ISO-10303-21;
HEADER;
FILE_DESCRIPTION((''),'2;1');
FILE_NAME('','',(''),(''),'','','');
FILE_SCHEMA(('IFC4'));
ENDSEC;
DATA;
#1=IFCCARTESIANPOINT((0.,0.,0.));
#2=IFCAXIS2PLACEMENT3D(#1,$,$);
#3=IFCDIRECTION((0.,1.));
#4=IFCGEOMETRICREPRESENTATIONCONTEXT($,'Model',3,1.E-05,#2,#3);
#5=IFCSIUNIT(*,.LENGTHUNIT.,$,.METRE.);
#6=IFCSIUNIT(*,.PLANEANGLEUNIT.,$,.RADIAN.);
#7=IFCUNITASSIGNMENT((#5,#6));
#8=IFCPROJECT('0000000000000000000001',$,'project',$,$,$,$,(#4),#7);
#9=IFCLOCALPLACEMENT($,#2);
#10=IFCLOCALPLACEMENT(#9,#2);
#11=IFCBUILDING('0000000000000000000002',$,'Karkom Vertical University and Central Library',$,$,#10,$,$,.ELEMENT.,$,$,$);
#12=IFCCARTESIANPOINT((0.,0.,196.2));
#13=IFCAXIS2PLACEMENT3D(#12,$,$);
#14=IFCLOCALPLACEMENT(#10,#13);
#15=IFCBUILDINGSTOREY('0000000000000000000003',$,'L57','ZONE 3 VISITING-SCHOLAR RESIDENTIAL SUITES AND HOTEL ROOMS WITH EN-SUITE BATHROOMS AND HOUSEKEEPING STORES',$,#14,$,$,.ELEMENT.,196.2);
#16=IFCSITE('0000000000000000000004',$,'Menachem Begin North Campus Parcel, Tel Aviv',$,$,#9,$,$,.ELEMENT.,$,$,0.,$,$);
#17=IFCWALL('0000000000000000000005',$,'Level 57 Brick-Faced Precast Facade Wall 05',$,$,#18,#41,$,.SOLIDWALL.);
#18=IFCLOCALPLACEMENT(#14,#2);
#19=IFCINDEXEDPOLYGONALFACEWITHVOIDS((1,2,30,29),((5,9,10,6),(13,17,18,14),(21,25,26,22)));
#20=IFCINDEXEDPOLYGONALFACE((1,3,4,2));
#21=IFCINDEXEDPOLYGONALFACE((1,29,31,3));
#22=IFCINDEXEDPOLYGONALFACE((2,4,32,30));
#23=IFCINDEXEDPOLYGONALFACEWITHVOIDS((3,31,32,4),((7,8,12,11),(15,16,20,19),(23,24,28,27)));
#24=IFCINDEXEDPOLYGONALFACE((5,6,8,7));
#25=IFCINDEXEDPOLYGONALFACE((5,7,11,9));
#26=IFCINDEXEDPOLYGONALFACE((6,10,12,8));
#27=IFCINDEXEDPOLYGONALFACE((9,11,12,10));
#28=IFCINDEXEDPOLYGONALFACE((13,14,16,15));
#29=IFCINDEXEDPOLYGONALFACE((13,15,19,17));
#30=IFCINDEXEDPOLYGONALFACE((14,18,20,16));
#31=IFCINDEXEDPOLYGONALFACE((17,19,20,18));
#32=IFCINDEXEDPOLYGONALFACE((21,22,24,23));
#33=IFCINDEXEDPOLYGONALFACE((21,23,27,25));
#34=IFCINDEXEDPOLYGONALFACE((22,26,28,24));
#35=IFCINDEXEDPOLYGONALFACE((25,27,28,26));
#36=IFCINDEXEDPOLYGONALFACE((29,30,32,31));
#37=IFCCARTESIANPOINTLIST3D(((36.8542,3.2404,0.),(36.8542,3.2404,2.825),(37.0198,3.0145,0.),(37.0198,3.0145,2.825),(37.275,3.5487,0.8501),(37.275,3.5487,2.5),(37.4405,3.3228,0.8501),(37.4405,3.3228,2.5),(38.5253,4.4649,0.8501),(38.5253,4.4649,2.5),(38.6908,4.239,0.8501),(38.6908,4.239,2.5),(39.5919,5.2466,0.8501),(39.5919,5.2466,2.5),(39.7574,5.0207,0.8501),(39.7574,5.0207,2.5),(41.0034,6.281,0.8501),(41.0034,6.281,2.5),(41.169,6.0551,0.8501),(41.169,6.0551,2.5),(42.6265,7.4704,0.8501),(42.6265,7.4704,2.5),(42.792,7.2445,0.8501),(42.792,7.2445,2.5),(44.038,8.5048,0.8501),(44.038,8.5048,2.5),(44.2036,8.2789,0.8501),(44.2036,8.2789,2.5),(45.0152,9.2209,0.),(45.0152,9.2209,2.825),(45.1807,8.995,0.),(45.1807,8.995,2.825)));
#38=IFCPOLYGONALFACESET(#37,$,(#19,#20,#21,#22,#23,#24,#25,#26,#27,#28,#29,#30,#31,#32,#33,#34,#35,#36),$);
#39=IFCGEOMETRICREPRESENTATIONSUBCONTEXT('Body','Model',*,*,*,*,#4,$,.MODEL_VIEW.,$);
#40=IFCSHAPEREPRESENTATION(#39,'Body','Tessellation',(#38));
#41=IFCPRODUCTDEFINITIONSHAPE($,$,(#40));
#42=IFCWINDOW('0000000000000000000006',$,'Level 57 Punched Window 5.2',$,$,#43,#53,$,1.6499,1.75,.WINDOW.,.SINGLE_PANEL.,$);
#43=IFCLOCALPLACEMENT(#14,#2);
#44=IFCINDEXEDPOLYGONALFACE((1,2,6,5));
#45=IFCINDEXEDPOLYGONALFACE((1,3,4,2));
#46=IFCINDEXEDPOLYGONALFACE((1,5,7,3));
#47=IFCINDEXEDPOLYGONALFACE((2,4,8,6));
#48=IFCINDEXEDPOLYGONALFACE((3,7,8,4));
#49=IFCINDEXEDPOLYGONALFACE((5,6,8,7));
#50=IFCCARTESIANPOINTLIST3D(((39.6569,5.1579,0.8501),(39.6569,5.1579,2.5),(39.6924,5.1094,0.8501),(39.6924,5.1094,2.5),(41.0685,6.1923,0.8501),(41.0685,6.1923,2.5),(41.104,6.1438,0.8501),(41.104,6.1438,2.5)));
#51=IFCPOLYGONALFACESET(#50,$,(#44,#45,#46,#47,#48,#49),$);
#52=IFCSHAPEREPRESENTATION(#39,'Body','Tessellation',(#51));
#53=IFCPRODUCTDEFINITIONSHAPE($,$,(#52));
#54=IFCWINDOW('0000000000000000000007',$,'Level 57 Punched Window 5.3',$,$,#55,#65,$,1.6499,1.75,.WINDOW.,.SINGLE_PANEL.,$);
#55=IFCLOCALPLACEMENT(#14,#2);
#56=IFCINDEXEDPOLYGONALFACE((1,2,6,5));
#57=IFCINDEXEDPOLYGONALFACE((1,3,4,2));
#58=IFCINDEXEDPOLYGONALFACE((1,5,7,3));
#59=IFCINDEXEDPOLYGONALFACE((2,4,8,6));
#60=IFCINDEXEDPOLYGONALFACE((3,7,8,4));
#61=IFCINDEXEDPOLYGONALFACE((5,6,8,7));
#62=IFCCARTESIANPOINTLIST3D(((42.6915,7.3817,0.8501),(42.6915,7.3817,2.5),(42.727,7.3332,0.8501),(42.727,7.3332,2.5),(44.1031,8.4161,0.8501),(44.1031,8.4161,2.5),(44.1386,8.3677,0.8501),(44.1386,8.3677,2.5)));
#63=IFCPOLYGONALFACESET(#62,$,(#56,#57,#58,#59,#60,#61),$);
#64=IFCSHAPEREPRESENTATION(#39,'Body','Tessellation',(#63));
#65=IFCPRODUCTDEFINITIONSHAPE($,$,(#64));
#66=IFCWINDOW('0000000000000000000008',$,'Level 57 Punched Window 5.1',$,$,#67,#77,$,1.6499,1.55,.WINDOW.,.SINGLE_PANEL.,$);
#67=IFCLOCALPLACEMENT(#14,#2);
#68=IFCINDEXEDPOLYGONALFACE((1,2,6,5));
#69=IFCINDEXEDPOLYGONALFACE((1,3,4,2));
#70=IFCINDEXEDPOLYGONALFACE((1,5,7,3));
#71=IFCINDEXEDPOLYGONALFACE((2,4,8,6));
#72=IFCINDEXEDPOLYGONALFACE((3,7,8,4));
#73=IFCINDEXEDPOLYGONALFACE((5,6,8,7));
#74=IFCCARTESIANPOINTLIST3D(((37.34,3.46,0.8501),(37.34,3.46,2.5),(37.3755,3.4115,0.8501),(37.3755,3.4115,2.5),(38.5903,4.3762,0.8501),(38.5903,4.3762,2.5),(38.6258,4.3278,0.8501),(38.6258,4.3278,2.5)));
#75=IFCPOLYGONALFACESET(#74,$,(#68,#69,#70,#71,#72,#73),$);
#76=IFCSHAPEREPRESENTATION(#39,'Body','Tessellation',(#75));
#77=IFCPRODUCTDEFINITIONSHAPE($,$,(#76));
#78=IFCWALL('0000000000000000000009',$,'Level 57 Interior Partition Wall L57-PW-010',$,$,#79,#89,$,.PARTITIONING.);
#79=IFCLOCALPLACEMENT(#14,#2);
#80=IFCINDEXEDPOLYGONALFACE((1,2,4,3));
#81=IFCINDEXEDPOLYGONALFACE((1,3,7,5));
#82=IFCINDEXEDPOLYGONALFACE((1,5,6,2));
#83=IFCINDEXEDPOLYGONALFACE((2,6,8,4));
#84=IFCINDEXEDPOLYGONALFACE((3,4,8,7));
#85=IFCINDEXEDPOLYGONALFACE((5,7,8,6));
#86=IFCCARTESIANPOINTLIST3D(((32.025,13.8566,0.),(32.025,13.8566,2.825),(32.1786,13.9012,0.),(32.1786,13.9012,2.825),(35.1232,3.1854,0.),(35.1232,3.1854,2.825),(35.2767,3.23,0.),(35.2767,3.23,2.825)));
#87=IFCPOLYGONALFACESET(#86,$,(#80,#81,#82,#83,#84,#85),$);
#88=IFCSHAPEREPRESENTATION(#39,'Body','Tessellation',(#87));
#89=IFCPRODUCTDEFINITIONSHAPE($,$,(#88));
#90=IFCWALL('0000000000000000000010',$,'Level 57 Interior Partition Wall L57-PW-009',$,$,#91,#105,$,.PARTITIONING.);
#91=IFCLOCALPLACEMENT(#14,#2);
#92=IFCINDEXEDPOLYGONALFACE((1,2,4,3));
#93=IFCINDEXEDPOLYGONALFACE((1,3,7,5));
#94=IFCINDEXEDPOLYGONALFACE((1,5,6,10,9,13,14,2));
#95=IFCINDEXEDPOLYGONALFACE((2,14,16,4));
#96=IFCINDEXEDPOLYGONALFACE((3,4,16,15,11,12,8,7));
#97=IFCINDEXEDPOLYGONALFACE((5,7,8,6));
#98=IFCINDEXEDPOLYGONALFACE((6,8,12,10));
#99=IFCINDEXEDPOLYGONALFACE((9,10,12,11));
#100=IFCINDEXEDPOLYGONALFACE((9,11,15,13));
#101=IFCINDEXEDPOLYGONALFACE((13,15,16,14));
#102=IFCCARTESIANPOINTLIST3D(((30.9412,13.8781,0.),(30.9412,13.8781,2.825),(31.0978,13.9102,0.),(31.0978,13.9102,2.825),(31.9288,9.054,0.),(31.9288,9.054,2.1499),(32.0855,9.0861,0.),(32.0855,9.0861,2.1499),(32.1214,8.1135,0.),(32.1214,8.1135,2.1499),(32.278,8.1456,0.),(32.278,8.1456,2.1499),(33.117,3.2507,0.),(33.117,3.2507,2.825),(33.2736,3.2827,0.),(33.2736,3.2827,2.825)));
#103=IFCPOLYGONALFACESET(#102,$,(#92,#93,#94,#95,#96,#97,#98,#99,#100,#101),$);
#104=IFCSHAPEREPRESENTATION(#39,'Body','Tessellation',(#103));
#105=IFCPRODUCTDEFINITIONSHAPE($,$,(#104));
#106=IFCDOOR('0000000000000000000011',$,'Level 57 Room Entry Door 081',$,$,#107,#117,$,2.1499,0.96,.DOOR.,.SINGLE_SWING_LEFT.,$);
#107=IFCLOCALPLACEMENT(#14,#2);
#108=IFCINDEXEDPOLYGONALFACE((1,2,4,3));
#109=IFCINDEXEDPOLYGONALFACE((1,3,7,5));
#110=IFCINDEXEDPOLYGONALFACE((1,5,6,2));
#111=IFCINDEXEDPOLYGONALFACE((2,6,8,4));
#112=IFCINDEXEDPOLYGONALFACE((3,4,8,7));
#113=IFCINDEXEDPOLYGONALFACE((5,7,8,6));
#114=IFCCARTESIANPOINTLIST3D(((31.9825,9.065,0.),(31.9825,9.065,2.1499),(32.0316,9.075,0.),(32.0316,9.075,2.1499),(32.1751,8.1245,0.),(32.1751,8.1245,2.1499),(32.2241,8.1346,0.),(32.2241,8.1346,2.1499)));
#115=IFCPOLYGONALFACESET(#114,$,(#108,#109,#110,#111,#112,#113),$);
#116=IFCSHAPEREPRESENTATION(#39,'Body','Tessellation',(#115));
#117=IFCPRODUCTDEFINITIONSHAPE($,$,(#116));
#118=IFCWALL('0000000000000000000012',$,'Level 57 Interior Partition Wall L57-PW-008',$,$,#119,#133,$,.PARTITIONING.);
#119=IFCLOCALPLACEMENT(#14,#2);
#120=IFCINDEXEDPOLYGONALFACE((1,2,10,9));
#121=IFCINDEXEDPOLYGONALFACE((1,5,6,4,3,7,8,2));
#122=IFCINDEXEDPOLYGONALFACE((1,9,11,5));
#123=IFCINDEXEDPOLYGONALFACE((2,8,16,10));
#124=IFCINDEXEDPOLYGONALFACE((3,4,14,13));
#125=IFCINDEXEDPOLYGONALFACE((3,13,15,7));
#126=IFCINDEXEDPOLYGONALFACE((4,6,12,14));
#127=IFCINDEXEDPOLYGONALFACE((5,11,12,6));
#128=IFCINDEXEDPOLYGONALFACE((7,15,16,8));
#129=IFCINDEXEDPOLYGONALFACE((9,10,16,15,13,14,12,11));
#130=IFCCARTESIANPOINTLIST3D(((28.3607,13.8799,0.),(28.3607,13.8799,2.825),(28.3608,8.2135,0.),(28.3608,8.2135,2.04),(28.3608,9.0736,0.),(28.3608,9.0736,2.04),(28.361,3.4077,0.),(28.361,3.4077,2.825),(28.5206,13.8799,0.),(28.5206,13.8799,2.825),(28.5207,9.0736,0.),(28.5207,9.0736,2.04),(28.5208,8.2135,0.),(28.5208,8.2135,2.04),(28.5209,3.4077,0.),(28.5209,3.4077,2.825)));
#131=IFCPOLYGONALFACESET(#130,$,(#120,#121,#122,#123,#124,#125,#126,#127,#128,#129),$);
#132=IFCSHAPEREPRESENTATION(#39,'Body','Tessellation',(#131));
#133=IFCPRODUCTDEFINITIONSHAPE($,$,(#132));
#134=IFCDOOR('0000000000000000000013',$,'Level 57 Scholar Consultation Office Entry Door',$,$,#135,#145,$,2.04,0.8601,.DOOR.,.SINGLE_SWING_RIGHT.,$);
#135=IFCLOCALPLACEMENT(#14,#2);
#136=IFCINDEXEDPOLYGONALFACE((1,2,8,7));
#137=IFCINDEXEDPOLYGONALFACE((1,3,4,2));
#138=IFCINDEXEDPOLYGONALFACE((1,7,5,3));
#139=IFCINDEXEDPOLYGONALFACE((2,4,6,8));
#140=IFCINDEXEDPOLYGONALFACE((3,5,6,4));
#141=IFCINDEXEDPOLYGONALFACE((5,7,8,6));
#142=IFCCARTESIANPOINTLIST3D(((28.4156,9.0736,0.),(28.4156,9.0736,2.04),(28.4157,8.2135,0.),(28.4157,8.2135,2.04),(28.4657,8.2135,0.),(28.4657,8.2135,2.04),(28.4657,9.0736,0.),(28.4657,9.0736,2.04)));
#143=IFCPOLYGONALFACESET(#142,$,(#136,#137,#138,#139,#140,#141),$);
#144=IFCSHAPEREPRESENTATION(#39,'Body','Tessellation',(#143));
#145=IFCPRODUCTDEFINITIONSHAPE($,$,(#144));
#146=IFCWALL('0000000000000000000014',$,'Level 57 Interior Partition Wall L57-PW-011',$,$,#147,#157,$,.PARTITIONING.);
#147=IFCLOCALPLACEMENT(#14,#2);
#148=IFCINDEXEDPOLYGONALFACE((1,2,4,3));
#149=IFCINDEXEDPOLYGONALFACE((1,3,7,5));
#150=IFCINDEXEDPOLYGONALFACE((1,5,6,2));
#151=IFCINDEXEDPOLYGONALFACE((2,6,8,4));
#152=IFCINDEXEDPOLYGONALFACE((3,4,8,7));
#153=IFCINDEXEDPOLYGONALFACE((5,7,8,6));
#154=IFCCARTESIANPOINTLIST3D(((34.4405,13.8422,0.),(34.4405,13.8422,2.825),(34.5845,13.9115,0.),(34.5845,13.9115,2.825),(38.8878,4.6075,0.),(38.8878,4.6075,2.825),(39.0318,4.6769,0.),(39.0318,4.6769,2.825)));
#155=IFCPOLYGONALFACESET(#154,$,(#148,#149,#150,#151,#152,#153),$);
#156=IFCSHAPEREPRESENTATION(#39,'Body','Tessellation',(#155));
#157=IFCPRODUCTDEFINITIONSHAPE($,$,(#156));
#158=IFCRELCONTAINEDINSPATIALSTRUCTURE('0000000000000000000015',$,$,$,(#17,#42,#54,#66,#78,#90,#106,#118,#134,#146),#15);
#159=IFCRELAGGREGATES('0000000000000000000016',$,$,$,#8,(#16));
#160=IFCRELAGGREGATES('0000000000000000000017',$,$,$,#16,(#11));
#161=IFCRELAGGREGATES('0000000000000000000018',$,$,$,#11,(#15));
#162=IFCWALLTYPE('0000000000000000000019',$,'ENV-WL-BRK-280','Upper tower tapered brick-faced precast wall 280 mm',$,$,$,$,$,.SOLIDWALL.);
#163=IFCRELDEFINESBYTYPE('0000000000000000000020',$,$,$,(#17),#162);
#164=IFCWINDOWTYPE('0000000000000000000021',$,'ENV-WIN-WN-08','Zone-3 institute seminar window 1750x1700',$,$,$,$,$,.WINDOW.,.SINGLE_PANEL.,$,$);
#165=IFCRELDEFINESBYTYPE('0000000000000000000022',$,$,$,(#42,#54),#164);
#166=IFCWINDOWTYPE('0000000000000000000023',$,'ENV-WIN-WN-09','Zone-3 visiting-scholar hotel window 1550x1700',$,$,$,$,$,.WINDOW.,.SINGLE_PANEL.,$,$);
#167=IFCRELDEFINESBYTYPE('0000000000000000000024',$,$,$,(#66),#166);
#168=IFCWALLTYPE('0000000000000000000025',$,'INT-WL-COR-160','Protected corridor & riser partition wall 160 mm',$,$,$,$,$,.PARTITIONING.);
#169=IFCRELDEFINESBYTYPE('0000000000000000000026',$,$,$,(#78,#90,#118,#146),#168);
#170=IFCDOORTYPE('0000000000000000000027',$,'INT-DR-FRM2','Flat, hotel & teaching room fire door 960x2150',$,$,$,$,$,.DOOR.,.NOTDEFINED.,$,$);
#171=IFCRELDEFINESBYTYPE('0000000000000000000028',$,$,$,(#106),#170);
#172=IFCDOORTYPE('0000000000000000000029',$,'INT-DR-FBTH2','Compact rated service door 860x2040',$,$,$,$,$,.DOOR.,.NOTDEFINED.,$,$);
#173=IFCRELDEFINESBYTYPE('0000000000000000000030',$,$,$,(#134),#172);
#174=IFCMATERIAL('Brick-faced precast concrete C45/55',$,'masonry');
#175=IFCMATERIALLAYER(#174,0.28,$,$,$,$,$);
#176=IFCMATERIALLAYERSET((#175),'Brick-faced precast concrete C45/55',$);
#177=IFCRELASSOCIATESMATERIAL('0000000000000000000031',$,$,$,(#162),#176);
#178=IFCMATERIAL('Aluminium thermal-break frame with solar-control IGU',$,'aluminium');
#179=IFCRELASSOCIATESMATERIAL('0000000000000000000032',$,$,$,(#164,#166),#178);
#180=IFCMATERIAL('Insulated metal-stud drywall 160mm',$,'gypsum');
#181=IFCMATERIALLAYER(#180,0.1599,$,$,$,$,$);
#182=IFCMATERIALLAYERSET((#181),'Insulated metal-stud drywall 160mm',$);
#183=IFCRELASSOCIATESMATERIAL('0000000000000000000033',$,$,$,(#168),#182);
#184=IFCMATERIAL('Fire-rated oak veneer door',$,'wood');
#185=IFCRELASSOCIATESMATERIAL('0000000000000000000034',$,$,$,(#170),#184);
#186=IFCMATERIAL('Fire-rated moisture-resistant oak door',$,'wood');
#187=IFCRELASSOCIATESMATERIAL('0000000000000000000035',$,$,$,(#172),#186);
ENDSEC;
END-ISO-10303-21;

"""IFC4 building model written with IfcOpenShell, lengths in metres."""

from ifc_helpers import new_model, si_unit, direction, frame, frame_2d, origin, origin_with_axes, place, context, subcontext, project, spatial, rectangle, extrude, source, transform, mapped, material, layer, layer_set, type_object, element, fill, save


model = new_model("IFC4")

# Units and contexts
model_context = context("Model", 3, precision=1e-05, world=origin(), true_north=direction((0.0, 1.0)))
body_context = subcontext(model_context, "Body", "Model", "MODEL_VIEW")
ifc_project = project(units=[si_unit("LENGTHUNIT", "METRE"), si_unit("PLANEANGLEUNIT", "RADIAN")], contexts=[model_context])

# Site, building, storey
site_placement = place(None, origin())
site = spatial("IfcSite", under=ifc_project, at=site_placement, Name="Menachem Begin North Campus Parcel, Tel Aviv", CompositionType="ELEMENT", RefElevation=0.0)
building_placement = place(site_placement, origin())
building = spatial("IfcBuilding", under=site, at=building_placement, Name="Karkom Vertical University and Central Library", CompositionType="ELEMENT")
storey_placement = place(building_placement, frame((0.0, 0.0, 196.2)))
storey = spatial("IfcBuildingStorey", under=building, at=storey_placement, Name="L57", Description="ZONE 3 VISITING-SCHOLAR RESIDENTIAL SUITES AND HOTEL ROOMS WITH EN-SUITE BATHROOMS AND HOUSEKEEPING STORES", CompositionType="ELEMENT", Elevation=196.2)

# Wall, openings, windows
ifc_material_1 = material(Name="Brick-faced precast concrete C45/55", Category="masonry")
ifc_layer_1 = layer(ifc_material_1, 0.28)
ifc_layer_set_1 = layer_set([ifc_layer_1], Name="Brick-faced precast concrete C45/55")
wall_type_1 = type_object("IfcWallType", Name="ENV-WL-BRK-280", Description="Upper tower tapered brick-faced precast wall 280 mm", PredefinedType="SOLIDWALL", material=ifc_layer_set_1)
wall_1_placement = place(storey_placement, frame((36.937, 3.1274, 0.0), z_axis=(0.0, 0.0, 1.0), x_axis=(0.806602, 0.591095, 0.0)))
wall_1 = element("IfcWall", 1, at=wall_1_placement, inside=storey, type_object=wall_type_1, Name="Level 57 Brick-Faced Precast Facade Wall 05", PredefinedType="SOLIDWALL", context=body_context, shape_type="SweptSolid", body=[
    extrude(rectangle(XDim=10.1177, YDim=0.28, at=frame_2d((5.0588, 0.0))), origin(), (0.0, 0.0, 1.0), 2.825),
])
opening_1_placement = place(wall_1_placement, frame((0.5217, 0.0, 0.8501)))
opening_1 = element("IfcOpeningElement", 2, at=opening_1_placement, cuts=wall_1, PredefinedType="OPENING", context=body_context, shape_type="SweptSolid", body=[
    extrude(rectangle(XDim=1.55, YDim=1.6499, at=frame_2d((0.7749, 0.825))), frame((0.0, 0.1499, 0.0), z_axis=(0.0, -1.0, 0.0), x_axis=(1.0, 0.0, 0.0)), (0.0, 0.0, 1.0), 0.3),
])
opening_2_placement = place(wall_1_placement, frame((3.394, 0.0, 0.8501)))
opening_2 = element("IfcOpeningElement", 3, at=opening_2_placement, cuts=wall_1, PredefinedType="OPENING", context=body_context, shape_type="SweptSolid", body=[
    extrude(rectangle(XDim=1.75, YDim=1.6499, at=frame_2d((0.875, 0.825))), frame((0.0, 0.1499, 0.0), z_axis=(0.0, -1.0, 0.0), x_axis=(1.0, 0.0, 0.0)), (0.0, 0.0, 1.0), 0.3),
])
opening_3_placement = place(wall_1_placement, frame((7.1562, 0.0, 0.8501)))
opening_3 = element("IfcOpeningElement", 4, at=opening_3_placement, cuts=wall_1, PredefinedType="OPENING", context=body_context, shape_type="SweptSolid", body=[
    extrude(rectangle(XDim=1.75, YDim=1.6499, at=frame_2d((0.875, 0.825))), frame((0.0, 0.1499, 0.0), z_axis=(0.0, -1.0, 0.0), x_axis=(1.0, 0.0, 0.0)), (0.0, 0.0, 1.0), 0.3),
])
ifc_material_2 = material(Name="Aluminium thermal-break frame with solar-control IGU", Category="aluminium")
window_type_1 = type_object("IfcWindowType", Name="ENV-WIN-WN-08", Description="Zone-3 institute seminar window 1750x1700", PartitioningType="SINGLE_PANEL", PredefinedType="WINDOW", material=ifc_material_2)
shared_shape_1 = source(origin_with_axes(), body_context, "Body", "SweptSolid", [
    extrude(rectangle(XDim=1.75, YDim=1.6499, at=frame_2d((0.875, 0.825))), frame((0.0, 0.03, 0.0), z_axis=(0.0, -1.0, 0.0), x_axis=(1.0, 0.0, 0.0)), (0.0, 0.0, 1.0), 0.0601),
])
window_1_placement = place(opening_2_placement, origin())
window_1 = element("IfcWindow", 5, at=window_1_placement, inside=storey, type_object=window_type_1, Name="Level 57 Punched Window 5.2", OverallHeight=1.6499, OverallWidth=1.75, PartitioningType="SINGLE_PANEL", PredefinedType="WINDOW", context=body_context, shape_type="MappedRepresentation", body=[
    mapped(shared_shape_1, transform((0.0, 0.0, 0.0), scale=1.0)),
])
fill(opening_2, window_1)
window_2_placement = place(opening_3_placement, origin())
window_2 = element("IfcWindow", 6, at=window_2_placement, inside=storey, type_object=window_type_1, Name="Level 57 Punched Window 5.3", OverallHeight=1.6499, OverallWidth=1.75, PartitioningType="SINGLE_PANEL", PredefinedType="WINDOW", context=body_context, shape_type="MappedRepresentation", body=[
    mapped(shared_shape_1, transform((0.0, 0.0, 0.0), scale=1.0)),
])
fill(opening_3, window_2)
window_type_2 = type_object("IfcWindowType", Name="ENV-WIN-WN-09", Description="Zone-3 visiting-scholar hotel window 1550x1700", PartitioningType="SINGLE_PANEL", PredefinedType="WINDOW", material=ifc_material_2)
shared_shape_2 = source(origin_with_axes(), body_context, "Body", "SweptSolid", [
    extrude(rectangle(XDim=1.55, YDim=1.6499, at=frame_2d((0.7749, 0.825))), frame((0.0, 0.03, 0.0), z_axis=(0.0, -1.0, 0.0), x_axis=(1.0, 0.0, 0.0)), (0.0, 0.0, 1.0), 0.0601),
])
window_3_placement = place(opening_1_placement, origin())
window_3 = element("IfcWindow", 7, at=window_3_placement, inside=storey, type_object=window_type_2, Name="Level 57 Punched Window 5.1", OverallHeight=1.6499, OverallWidth=1.55, PartitioningType="SINGLE_PANEL", PredefinedType="WINDOW", context=body_context, shape_type="MappedRepresentation", body=[
    mapped(shared_shape_2, transform((0.0, 0.0, 0.0), scale=1.0)),
])
fill(opening_1, window_3)

# Wall
ifc_material_3 = material(Name="Insulated metal-stud drywall 160mm", Category="gypsum")
ifc_layer_2 = layer(ifc_material_3, 0.1599)
ifc_layer_set_2 = layer_set([ifc_layer_2], Name="Insulated metal-stud drywall 160mm")
wall_type_2 = type_object("IfcWallType", Name="INT-WL-COR-160", Description="Protected corridor & riser partition wall 160 mm", PredefinedType="PARTITIONING", material=ifc_layer_set_2)
wall_2_placement = place(storey_placement, frame((32.1018, 13.8789, 0.0), z_axis=(0.0, 0.0, 1.0), x_axis=(0.278816, -0.960345, 0.0)))
element("IfcWall", 8, at=wall_2_placement, inside=storey, type_object=wall_type_2, Name="Level 57 Interior Partition Wall L57-PW-010", PredefinedType="PARTITIONING", context=body_context, shape_type="SweptSolid", body=[
    extrude(rectangle(XDim=11.1118, YDim=0.1599, at=frame_2d((5.5559, 0.0))), origin(), (0.0, 0.0, 1.0), 2.825),
])

# Walls, openings, doors
wall_3_placement = place(storey_placement, frame((31.0195, 13.894, 0.0), z_axis=(0.0, 0.0, 1.0), x_axis=(0.200572, -0.979679, 0.0)))
wall_3 = element("IfcWall", 9, at=wall_3_placement, inside=storey, type_object=wall_type_2, Name="Level 57 Interior Partition Wall L57-PW-009", PredefinedType="PARTITIONING", context=body_context, shape_type="SweptSolid", body=[
    extrude(rectangle(XDim=10.8479, YDim=0.1599, at=frame_2d((5.4238, 0.0))), origin(), (0.0, 0.0, 1.0), 2.825),
])
opening_4_placement = place(wall_3_placement, frame((4.9241, 0.0, 0.0)))
opening_4 = element("IfcOpeningElement", 10, at=opening_4_placement, cuts=wall_3, PredefinedType="OPENING", context=body_context, shape_type="SweptSolid", body=[
    extrude(rectangle(XDim=0.96, YDim=2.1499, at=frame_2d((0.48, 1.075))), frame((0.0, 0.0898, 0.0), z_axis=(0.0, -1.0, 0.0), x_axis=(1.0, 0.0, 0.0)), (0.0, 0.0, 1.0), 0.1799),
])
ifc_material_4 = material(Name="Fire-rated oak veneer door", Category="wood")
door_type_1 = type_object("IfcDoorType", Name="INT-DR-FRM2", Description="Flat, hotel & teaching room fire door 960x2150", OperationType="NOTDEFINED", PredefinedType="DOOR", material=ifc_material_4)
shared_shape_3 = source(origin_with_axes(), body_context, "Body", "SweptSolid", [
    extrude(rectangle(XDim=0.96, YDim=2.1499, at=frame_2d((0.48, 1.075))), frame((0.0, 0.0249, 0.0), z_axis=(0.0, -1.0, 0.0), x_axis=(1.0, 0.0, 0.0)), (0.0, 0.0, 1.0), 0.05),
])
door_1_placement = place(opening_4_placement, origin())
door_1 = element("IfcDoor", 11, at=door_1_placement, inside=storey, type_object=door_type_1, Name="Level 57 Room Entry Door 081", OperationType="SINGLE_SWING_LEFT", OverallHeight=2.1499, OverallWidth=0.96, PredefinedType="DOOR", context=body_context, shape_type="MappedRepresentation", body=[
    mapped(shared_shape_3, transform((0.0, 0.0, 0.0), scale=1.0)),
])
fill(opening_4, door_1)
wall_4_placement = place(storey_placement, frame((28.4407, 13.8799, 0.0), z_axis=(0.0, 0.0, 1.0), x_axis=(0.000023, -1.0, 0.0)))
wall_4 = element("IfcWall", 12, at=wall_4_placement, inside=storey, type_object=wall_type_2, Name="Level 57 Interior Partition Wall L57-PW-008", PredefinedType="PARTITIONING", context=body_context, shape_type="SweptSolid", body=[
    extrude(rectangle(XDim=10.4722, YDim=0.1599, at=frame_2d((5.2361, 0.0))), origin(), (0.0, 0.0, 1.0), 2.825),
])
opening_5_placement = place(wall_4_placement, frame((4.8062, 0.0, 0.0)))
opening_5 = element("IfcOpeningElement", 13, at=opening_5_placement, cuts=wall_4, PredefinedType="OPENING", context=body_context, shape_type="SweptSolid", body=[
    extrude(rectangle(XDim=0.8601, YDim=2.04, at=frame_2d((0.4302, 1.02))), frame((0.0, 0.0898, 0.0), z_axis=(0.0, -1.0, 0.0), x_axis=(1.0, 0.0, 0.0)), (0.0, 0.0, 1.0), 0.1799),
])
ifc_material_5 = material(Name="Fire-rated moisture-resistant oak door", Category="wood")
door_type_2 = type_object("IfcDoorType", Name="INT-DR-FBTH2", Description="Compact rated service door 860x2040", OperationType="NOTDEFINED", PredefinedType="DOOR", material=ifc_material_5)
shared_shape_4 = source(origin_with_axes(), body_context, "Body", "SweptSolid", [
    extrude(rectangle(XDim=0.8601, YDim=2.04, at=frame_2d((0.4302, 1.02))), frame((0.0, 0.0249, 0.0), z_axis=(0.0, -1.0, 0.0), x_axis=(1.0, 0.0, 0.0)), (0.0, 0.0, 1.0), 0.05),
])
door_2_placement = place(opening_5_placement, origin())
door_2 = element("IfcDoor", 14, at=door_2_placement, inside=storey, type_object=door_type_2, Name="Level 57 Scholar Consultation Office Entry Door", OperationType="SINGLE_SWING_RIGHT", OverallHeight=2.04, OverallWidth=0.8601, PredefinedType="DOOR", context=body_context, shape_type="MappedRepresentation", body=[
    mapped(shared_shape_4, transform((0.0, 0.0, 0.0), scale=1.0)),
])
fill(opening_5, door_2)

# Wall
wall_5_placement = place(storey_placement, frame((34.5125, 13.877, 0.0), z_axis=(0.0, 0.0, 1.0), x_axis=(0.433892, -0.900965, 0.0)))
element("IfcWall", 15, at=wall_5_placement, inside=storey, type_object=wall_type_2, Name="Level 57 Interior Partition Wall L57-PW-011", PredefinedType="PARTITIONING", context=body_context, shape_type="SweptSolid", body=[
    extrude(rectangle(XDim=10.2498, YDim=0.1599, at=frame_2d((5.125, 0.0))), origin(), (0.0, 0.0, 1.0), 2.825),
])

save(model, "model.ifc")
